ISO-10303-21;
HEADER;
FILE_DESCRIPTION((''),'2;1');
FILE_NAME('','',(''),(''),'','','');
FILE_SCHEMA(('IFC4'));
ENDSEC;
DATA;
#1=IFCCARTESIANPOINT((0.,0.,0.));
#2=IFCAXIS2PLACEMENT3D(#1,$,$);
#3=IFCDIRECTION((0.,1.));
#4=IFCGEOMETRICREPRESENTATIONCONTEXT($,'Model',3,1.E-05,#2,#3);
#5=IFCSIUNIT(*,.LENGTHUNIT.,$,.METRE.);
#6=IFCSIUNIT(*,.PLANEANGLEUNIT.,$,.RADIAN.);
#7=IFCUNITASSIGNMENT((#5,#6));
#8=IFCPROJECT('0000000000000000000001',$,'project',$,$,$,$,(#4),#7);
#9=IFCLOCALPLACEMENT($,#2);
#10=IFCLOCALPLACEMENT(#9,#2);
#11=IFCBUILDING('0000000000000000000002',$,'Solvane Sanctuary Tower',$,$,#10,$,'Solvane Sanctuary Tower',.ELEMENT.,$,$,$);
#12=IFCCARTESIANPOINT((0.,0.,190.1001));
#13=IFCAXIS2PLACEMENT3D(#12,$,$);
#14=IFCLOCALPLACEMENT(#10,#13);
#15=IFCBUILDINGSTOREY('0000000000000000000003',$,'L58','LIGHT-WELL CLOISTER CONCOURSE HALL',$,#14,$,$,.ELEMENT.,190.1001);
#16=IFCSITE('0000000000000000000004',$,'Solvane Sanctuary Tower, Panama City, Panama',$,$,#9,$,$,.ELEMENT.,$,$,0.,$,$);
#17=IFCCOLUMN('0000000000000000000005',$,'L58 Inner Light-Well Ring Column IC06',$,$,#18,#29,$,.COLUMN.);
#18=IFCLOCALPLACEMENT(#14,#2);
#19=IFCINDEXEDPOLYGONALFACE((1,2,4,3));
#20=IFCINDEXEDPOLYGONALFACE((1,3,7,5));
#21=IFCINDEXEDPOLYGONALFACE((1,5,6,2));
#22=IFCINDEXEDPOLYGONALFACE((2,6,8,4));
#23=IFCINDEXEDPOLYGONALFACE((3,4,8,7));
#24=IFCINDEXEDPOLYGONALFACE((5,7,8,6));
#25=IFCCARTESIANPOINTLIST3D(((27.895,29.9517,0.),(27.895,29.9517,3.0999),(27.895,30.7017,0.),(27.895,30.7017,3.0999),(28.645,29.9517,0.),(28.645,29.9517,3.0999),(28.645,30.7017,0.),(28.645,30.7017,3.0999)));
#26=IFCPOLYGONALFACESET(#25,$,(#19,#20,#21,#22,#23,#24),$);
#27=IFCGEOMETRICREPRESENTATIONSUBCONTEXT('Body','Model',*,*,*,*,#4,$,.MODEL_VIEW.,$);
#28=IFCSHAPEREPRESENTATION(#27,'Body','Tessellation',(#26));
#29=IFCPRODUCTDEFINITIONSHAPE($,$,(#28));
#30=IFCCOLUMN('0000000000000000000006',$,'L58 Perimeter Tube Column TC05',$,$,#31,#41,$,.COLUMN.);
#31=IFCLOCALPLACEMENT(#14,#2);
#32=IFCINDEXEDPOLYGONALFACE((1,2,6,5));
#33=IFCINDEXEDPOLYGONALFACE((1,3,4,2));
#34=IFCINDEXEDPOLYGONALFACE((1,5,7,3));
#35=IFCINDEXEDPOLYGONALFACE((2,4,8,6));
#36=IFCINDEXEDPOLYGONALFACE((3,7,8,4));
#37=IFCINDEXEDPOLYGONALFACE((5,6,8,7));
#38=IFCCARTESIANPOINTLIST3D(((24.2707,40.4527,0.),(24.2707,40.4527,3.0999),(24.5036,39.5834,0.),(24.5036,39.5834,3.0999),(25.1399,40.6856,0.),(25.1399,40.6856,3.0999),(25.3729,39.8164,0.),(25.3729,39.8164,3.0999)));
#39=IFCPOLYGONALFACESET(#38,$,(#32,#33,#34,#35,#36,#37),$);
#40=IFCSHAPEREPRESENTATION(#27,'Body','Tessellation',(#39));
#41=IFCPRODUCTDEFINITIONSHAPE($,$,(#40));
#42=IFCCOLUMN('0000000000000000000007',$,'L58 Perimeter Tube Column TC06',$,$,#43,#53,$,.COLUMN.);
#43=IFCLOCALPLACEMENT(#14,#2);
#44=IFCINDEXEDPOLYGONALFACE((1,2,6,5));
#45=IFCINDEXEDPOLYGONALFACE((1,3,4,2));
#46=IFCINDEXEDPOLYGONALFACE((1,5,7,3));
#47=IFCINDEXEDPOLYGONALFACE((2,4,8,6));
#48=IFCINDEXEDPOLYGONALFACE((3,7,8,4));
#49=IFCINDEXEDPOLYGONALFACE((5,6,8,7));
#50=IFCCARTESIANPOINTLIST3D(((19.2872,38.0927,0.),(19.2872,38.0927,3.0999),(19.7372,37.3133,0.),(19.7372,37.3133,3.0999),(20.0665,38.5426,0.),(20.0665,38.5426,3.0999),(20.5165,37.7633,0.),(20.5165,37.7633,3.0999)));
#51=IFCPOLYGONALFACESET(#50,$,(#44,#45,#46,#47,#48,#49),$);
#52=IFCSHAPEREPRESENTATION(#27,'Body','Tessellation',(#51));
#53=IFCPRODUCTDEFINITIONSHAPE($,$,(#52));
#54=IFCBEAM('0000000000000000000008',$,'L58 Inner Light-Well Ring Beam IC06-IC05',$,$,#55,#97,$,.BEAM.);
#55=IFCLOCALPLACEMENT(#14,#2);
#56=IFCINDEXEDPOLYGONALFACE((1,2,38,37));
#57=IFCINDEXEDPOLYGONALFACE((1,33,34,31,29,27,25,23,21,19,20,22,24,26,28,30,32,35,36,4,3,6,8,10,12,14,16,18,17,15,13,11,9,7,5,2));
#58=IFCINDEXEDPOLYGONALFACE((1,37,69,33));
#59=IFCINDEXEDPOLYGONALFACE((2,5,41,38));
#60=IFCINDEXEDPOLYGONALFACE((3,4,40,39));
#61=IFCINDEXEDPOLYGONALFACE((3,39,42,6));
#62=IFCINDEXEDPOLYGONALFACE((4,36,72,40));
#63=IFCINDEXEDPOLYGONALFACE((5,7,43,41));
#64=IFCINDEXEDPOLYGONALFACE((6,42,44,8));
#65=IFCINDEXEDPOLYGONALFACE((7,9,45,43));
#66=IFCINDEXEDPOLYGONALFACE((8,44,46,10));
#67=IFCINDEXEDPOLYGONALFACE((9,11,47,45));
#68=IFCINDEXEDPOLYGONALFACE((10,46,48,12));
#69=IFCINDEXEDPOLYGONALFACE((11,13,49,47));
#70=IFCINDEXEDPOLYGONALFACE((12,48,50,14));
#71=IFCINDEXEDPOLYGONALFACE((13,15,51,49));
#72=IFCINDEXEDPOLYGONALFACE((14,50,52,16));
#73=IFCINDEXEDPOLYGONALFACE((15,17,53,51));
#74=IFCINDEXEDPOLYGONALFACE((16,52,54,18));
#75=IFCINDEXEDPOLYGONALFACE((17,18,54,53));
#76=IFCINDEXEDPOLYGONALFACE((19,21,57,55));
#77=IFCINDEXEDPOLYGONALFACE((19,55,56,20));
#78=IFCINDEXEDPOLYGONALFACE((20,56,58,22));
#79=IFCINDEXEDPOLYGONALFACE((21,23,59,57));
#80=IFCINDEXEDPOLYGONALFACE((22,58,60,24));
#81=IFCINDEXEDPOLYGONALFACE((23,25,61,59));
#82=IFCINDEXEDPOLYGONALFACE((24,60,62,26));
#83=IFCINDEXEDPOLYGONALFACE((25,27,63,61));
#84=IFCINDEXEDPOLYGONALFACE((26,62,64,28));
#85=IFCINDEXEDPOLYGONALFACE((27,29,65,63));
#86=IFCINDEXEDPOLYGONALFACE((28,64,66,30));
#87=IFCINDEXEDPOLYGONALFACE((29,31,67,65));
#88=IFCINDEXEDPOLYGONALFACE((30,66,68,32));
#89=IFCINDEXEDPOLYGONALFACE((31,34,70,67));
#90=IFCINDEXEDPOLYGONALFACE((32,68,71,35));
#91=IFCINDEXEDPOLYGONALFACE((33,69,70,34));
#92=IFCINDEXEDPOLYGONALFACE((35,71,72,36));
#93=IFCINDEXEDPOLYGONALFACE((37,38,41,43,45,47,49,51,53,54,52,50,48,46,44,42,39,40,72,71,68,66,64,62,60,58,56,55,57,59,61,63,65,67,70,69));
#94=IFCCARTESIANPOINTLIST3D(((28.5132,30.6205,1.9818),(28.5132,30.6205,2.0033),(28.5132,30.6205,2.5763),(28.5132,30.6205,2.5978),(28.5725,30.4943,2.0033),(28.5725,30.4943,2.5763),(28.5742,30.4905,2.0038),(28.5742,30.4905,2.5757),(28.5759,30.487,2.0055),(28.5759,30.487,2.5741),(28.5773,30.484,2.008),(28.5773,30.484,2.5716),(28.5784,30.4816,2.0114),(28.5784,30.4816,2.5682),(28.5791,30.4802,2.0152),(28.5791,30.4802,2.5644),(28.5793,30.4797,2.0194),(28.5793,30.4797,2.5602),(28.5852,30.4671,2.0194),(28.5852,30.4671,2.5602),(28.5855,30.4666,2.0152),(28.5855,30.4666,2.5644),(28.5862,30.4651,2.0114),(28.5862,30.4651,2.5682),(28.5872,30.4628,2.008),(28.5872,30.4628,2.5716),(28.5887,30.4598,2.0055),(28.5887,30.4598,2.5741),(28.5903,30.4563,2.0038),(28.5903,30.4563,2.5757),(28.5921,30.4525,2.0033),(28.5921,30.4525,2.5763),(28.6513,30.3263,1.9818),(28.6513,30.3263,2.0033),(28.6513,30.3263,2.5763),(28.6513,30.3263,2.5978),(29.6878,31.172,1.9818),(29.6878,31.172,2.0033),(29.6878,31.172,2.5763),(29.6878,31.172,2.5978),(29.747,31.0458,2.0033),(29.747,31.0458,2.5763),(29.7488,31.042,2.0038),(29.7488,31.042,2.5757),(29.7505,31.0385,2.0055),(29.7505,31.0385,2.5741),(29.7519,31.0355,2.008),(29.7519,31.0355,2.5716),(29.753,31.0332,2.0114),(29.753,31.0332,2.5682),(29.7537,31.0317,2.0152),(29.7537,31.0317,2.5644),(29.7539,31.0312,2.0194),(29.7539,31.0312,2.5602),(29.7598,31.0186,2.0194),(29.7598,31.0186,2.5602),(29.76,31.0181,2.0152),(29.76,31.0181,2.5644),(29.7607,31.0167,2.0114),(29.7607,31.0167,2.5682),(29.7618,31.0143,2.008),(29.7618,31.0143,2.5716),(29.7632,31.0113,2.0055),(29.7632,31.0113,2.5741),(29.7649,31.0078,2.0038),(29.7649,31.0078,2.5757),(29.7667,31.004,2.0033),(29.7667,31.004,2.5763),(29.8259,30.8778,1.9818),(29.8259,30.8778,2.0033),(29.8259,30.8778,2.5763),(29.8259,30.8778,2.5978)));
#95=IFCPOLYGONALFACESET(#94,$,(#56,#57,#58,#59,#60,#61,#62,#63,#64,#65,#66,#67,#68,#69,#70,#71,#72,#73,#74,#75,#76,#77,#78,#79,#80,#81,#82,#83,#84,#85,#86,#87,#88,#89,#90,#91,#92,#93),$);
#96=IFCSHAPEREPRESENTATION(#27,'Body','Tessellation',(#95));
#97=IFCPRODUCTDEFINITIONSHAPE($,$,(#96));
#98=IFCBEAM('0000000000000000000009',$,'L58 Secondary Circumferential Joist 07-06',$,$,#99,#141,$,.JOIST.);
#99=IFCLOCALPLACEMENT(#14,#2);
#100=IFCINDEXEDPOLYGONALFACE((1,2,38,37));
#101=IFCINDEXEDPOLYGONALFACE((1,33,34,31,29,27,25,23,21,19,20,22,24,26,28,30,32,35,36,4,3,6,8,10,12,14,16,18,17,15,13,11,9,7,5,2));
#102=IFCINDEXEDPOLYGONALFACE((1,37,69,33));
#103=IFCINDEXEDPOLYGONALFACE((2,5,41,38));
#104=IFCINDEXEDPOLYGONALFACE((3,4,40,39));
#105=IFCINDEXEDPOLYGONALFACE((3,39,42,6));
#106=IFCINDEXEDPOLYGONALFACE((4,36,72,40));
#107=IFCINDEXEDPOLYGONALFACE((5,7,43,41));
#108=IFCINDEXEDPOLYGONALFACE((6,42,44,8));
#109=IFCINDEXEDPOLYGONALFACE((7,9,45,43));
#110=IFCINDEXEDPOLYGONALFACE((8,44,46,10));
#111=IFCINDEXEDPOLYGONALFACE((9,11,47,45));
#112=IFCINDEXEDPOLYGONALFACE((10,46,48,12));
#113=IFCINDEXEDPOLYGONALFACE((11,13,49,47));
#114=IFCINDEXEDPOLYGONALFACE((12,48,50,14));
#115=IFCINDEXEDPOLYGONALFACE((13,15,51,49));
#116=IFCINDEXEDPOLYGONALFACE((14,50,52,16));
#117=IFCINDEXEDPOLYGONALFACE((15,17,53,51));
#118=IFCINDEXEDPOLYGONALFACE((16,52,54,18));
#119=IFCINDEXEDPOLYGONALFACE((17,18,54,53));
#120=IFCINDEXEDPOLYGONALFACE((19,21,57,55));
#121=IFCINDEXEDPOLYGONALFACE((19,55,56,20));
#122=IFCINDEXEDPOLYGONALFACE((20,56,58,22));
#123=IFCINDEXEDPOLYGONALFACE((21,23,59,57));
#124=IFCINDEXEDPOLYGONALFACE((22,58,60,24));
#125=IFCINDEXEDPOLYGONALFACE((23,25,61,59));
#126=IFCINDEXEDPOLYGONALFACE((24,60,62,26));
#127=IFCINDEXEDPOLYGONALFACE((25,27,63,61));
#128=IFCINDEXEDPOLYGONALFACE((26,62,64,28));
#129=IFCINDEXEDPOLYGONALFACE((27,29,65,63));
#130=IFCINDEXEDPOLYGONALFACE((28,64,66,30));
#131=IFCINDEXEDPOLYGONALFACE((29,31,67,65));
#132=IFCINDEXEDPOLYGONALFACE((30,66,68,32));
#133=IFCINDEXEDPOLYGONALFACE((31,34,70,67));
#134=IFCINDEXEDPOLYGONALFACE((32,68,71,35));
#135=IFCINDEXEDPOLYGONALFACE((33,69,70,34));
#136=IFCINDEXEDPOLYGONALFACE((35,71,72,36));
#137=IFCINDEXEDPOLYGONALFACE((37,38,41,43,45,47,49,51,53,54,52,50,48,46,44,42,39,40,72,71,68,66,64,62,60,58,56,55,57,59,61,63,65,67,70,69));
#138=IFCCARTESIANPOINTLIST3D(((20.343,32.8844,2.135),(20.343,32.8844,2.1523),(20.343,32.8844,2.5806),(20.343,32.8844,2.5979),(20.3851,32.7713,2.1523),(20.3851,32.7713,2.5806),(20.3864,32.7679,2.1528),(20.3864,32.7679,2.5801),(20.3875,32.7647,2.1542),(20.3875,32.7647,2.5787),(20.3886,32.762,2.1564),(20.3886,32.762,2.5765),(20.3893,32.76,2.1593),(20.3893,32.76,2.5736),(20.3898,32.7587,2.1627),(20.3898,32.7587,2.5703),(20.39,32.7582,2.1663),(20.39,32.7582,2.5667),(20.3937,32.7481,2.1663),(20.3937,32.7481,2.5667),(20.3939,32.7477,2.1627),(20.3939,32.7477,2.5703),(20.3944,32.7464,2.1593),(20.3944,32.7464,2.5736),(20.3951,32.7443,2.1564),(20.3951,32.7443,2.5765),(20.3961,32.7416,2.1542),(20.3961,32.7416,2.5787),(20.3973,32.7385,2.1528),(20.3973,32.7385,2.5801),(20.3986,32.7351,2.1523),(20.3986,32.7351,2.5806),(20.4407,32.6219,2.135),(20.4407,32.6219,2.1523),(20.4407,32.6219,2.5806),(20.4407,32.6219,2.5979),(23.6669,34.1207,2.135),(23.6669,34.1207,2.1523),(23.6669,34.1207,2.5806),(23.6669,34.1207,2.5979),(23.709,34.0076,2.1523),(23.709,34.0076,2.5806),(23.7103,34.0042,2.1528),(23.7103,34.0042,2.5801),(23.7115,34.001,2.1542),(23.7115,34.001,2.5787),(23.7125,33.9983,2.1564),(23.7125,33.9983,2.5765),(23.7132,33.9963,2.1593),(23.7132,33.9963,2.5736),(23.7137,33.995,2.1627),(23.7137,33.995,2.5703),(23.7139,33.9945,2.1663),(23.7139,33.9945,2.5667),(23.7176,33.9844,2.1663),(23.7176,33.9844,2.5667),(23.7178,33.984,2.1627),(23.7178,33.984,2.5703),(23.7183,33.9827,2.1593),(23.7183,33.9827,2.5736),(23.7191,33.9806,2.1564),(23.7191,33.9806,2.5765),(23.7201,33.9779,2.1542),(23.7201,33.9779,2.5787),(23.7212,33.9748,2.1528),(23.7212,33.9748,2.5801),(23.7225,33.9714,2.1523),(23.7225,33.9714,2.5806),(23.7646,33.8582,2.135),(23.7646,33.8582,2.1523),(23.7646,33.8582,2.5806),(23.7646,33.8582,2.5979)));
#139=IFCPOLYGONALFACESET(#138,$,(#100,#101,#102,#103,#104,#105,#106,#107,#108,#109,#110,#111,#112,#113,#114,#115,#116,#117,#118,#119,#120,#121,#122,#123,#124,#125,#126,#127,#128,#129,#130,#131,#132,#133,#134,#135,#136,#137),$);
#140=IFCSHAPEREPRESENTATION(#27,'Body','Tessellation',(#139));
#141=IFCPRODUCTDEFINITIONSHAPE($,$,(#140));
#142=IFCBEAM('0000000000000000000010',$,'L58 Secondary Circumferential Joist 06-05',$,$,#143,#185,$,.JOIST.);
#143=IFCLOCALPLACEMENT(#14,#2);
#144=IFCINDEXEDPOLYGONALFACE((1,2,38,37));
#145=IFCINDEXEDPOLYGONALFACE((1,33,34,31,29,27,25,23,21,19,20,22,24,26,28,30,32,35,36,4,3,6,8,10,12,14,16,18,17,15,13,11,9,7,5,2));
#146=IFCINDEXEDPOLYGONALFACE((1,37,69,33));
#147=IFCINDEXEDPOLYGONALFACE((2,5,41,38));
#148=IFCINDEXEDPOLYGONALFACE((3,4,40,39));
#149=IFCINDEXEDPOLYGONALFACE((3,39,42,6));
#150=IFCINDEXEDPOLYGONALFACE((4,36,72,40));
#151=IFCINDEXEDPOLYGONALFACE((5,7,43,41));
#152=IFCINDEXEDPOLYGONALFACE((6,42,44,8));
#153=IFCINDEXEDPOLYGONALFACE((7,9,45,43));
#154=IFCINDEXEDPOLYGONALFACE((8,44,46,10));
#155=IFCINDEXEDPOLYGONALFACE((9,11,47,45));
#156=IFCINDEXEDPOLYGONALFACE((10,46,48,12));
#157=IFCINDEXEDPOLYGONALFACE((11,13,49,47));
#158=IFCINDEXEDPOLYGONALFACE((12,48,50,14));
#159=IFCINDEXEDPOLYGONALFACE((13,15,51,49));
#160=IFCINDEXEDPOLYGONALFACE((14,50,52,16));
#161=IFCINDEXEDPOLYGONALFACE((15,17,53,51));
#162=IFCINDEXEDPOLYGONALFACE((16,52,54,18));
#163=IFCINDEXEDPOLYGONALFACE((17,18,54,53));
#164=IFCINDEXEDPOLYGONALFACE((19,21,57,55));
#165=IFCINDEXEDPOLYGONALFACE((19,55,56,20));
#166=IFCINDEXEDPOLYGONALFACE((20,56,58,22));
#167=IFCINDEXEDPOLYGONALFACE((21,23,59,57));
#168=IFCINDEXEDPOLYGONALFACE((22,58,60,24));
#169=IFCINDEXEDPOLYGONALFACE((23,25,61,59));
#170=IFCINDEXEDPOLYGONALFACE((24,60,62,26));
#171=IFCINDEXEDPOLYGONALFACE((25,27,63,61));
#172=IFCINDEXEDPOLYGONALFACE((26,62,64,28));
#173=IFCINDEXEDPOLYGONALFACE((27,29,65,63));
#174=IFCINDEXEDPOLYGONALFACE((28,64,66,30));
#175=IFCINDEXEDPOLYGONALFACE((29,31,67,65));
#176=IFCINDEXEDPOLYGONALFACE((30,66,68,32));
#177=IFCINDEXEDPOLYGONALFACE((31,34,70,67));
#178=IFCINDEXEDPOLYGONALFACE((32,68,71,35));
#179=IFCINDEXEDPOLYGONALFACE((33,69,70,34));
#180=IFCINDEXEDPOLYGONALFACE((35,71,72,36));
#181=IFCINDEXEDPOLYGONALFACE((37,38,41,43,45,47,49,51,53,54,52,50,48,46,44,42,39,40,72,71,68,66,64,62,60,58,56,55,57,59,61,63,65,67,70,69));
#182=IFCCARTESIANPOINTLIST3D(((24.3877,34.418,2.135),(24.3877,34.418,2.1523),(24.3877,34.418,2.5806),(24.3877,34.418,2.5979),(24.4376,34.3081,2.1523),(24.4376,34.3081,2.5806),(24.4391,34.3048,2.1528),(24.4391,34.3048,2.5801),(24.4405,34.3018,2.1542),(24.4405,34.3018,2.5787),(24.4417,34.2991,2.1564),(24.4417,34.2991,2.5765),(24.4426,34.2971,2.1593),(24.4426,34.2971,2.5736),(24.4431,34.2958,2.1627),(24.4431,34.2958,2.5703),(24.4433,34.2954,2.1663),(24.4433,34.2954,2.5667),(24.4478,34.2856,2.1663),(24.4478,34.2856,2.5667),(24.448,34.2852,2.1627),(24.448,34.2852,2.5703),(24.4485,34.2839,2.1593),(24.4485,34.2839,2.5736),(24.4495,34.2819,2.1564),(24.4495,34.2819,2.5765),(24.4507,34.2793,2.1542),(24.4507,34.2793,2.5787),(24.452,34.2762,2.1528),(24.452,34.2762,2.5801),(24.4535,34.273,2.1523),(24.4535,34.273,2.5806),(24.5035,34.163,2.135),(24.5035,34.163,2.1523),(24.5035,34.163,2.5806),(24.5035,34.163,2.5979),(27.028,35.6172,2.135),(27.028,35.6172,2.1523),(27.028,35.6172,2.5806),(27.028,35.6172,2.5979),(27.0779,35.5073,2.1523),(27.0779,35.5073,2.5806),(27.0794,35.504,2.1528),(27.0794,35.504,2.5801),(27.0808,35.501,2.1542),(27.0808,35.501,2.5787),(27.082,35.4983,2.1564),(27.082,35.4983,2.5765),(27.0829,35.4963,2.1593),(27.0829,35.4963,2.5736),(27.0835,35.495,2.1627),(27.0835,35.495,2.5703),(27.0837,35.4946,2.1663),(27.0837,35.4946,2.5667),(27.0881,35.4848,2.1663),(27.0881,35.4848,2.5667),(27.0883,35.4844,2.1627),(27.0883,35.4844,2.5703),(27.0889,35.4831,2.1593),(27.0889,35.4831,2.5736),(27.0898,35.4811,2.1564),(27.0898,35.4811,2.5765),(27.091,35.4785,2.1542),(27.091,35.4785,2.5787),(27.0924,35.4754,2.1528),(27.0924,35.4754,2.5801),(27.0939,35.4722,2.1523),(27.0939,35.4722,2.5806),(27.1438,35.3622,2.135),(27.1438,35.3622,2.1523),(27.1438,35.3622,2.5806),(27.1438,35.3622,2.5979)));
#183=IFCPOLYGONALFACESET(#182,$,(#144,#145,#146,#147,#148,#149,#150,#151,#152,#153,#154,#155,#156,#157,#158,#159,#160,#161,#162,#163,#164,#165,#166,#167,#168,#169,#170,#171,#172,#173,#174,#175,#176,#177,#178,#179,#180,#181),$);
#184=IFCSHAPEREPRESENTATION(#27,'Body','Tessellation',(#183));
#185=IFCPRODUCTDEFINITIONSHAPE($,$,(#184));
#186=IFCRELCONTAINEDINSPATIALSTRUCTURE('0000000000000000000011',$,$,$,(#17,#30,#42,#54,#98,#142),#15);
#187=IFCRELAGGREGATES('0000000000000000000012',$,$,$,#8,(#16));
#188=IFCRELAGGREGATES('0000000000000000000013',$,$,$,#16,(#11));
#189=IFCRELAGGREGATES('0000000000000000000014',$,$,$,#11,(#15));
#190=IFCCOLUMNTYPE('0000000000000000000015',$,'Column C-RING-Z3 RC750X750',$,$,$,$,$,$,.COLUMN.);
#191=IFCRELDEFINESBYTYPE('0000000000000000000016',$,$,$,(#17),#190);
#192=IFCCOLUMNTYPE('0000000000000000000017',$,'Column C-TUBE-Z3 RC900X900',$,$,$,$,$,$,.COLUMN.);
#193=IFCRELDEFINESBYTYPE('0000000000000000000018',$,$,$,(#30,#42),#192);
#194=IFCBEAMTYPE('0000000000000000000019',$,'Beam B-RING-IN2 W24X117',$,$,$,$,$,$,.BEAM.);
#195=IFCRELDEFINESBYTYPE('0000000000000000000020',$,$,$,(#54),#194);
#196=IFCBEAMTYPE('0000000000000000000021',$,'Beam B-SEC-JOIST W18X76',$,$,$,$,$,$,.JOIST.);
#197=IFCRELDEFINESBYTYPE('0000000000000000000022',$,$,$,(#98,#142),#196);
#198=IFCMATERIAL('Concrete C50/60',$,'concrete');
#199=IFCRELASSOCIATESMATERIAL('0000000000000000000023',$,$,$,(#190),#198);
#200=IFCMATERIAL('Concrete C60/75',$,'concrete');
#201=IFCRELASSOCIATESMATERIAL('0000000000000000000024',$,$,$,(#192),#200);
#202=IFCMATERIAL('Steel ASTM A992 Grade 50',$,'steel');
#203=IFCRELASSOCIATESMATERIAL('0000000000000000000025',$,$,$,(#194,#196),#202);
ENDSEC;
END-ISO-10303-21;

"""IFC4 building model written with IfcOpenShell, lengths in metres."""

from ifc_helpers import new_model, si_unit, direction, frame, origin, origin_2d, place, context, subcontext, project, spatial, rectangle, i_section, extrude, material, material_profile, profile_set, type_object, element, save


model = new_model("IFC4")

# Units and contexts
model_context = context("Model", 3, precision=1e-05, world=origin(), true_north=direction((0.0, 1.0)))
body_context = subcontext(model_context, "Body", "Model", "MODEL_VIEW")
ifc_project = project(units=[si_unit("LENGTHUNIT", "METRE"), si_unit("PLANEANGLEUNIT", "RADIAN")], contexts=[model_context])

# Site, building, storey
site_placement = place(None, origin())
site = spatial("IfcSite", under=ifc_project, at=site_placement, Name="Solvane Sanctuary Tower, Panama City, Panama", CompositionType="ELEMENT", RefElevation=0.0)
building_placement = place(site_placement, origin())
building = spatial("IfcBuilding", under=site, at=building_placement, Name="Solvane Sanctuary Tower", LongName="Solvane Sanctuary Tower", CompositionType="ELEMENT")
storey_placement = place(building_placement, frame((0.0, 0.0, 190.1001)))
storey = spatial("IfcBuildingStorey", under=building, at=storey_placement, Name="L58", Description="LIGHT-WELL CLOISTER CONCOURSE HALL", CompositionType="ELEMENT", Elevation=190.1001)

# Columns
ifc_material_1 = material(Name="Concrete C50/60", Category="concrete")
ifc_material_profile_1 = material_profile(ifc_material_1, rectangle(XDim=0.75, YDim=0.75, at=origin_2d()), Name="RC750X750")
ifc_profile_set_1 = profile_set([ifc_material_profile_1], Name="Concrete C50/60")
column_type_1 = type_object("IfcColumnType", Name="Column C-RING-Z3 RC750X750", PredefinedType="COLUMN", material=ifc_profile_set_1)
column_placement = place(storey_placement, frame((28.27, 30.3267, 0.0), z_axis=(0.0, 0.0, 1.0), x_axis=(1.0, 0.0, 0.0)))
element("IfcColumn", 1, at=column_placement, inside=storey, type_object=column_type_1, Name="L58 Inner Light-Well Ring Column IC06", PredefinedType="COLUMN", context=body_context, shape_type="SweptSolid", body=[
    extrude(rectangle(XDim=0.75, YDim=0.75, at=origin_2d()), origin(), (0.0, 0.0, 1.0), 3.0999),
])
ifc_material_2 = material(Name="Concrete C60/75", Category="concrete")
ifc_material_profile_2 = material_profile(ifc_material_2, rectangle(XDim=0.8999, YDim=0.8999, at=origin_2d()), Name="RC900X900")
ifc_profile_set_2 = profile_set([ifc_material_profile_2], Name="Concrete C60/75")
column_type_2 = type_object("IfcColumnType", Name="Column C-TUBE-Z3 RC900X900", PredefinedType="COLUMN", material=ifc_profile_set_2)
for number, where, z_axis, x_axis, name in (
    (2, (24.8218, 40.1345, 0.0), (0.0, 0.0, 1.0), (-0.258819, 0.965926, 0.0), "L58 Perimeter Tube Column TC05"),
    (3, (19.9019, 37.928, 0.0), (0.0, 0.0, 1.0), (-0.5, 0.866025, 0.0), "L58 Perimeter Tube Column TC06"),
):
    element("IfcColumn", number, at=place(storey_placement, frame(where, z_axis=z_axis, x_axis=x_axis)), inside=storey, type_object=column_type_2, Name=name, PredefinedType="COLUMN", context=body_context, shape_type="SweptSolid", body=[
        extrude(rectangle(XDim=0.8999, YDim=0.8999, at=origin_2d()), origin(), (0.0, 0.0, 1.0), 3.0999),
    ])

# Beams
ifc_material_3 = material(Name="Steel ASTM A992 Grade 50", Category="steel")
ifc_material_profile_3 = material_profile(ifc_material_3, i_section(OverallWidth=0.325, OverallDepth=0.616, WebThickness=0.0139, FlangeThickness=0.0215, FilletRadius=0.0161, at=origin_2d()), Name="W24X117")
ifc_profile_set_3 = profile_set([ifc_material_profile_3], Name="Steel ASTM A992 Grade 50")
beam_type_1 = type_object("IfcBeamType", Name="Beam B-RING-IN2 W24X117", PredefinedType="BEAM", material=ifc_profile_set_3)
beam_1_placement = place(storey_placement, frame((28.5823, 30.4734, 2.2898), z_axis=(0.905181, 0.425027, 0.0), x_axis=(-0.425027, 0.905181, 0.0)))
element("IfcBeam", 4, at=beam_1_placement, inside=storey, type_object=beam_type_1, Name="L58 Inner Light-Well Ring Beam IC06-IC05", PredefinedType="BEAM", context=body_context, shape_type="SweptSolid", body=[
    extrude(i_section(OverallWidth=0.325, OverallDepth=0.616, WebThickness=0.0139, FlangeThickness=0.0215, FilletRadius=0.0161, at=origin_2d()), origin(), (0.0, 0.0, 1.0), 1.2976),
])
ifc_material_profile_4 = material_profile(ifc_material_3, i_section(OverallWidth=0.28, OverallDepth=0.4629, WebThickness=0.0107, FlangeThickness=0.0173, FilletRadius=0.0139, at=origin_2d()), Name="W18X76")
ifc_profile_set_4 = profile_set([ifc_material_profile_4], Name="Steel ASTM A992 Grade 50")
beam_type_2 = type_object("IfcBeamType", Name="Beam B-SEC-JOIST W18X76", PredefinedType="JOIST", material=ifc_profile_set_4)
beam_2_placement = place(storey_placement, frame((20.3918, 32.7532, 2.3665), z_axis=(0.937268, 0.34861, 0.0), x_axis=(-0.34861, 0.937268, 0.0)))
element("IfcBeam", 5, at=beam_2_placement, inside=storey, type_object=beam_type_2, Name="L58 Secondary Circumferential Joist 07-06", PredefinedType="JOIST", context=body_context, shape_type="SweptSolid", body=[
    extrude(i_section(OverallWidth=0.28, OverallDepth=0.4629, WebThickness=0.0107, FlangeThickness=0.0173, FilletRadius=0.0139, at=origin_2d()), origin(), (0.0, 0.0, 1.0), 3.5464),
])
beam_3_placement = place(storey_placement, frame((24.4456, 34.2905, 2.3665), z_axis=(0.91049, 0.41353, 0.0), x_axis=(-0.41353, 0.91049, 0.0)))
element("IfcBeam", 6, at=beam_3_placement, inside=storey, type_object=beam_type_2, Name="L58 Secondary Circumferential Joist 06-05", PredefinedType="JOIST", context=body_context, shape_type="SweptSolid", body=[
    extrude(i_section(OverallWidth=0.28, OverallDepth=0.4629, WebThickness=0.0107, FlangeThickness=0.0173, FilletRadius=0.0139, at=origin_2d()), origin(), (0.0, 0.0, 1.0), 2.8999),
])

save(model, "model.ifc")
